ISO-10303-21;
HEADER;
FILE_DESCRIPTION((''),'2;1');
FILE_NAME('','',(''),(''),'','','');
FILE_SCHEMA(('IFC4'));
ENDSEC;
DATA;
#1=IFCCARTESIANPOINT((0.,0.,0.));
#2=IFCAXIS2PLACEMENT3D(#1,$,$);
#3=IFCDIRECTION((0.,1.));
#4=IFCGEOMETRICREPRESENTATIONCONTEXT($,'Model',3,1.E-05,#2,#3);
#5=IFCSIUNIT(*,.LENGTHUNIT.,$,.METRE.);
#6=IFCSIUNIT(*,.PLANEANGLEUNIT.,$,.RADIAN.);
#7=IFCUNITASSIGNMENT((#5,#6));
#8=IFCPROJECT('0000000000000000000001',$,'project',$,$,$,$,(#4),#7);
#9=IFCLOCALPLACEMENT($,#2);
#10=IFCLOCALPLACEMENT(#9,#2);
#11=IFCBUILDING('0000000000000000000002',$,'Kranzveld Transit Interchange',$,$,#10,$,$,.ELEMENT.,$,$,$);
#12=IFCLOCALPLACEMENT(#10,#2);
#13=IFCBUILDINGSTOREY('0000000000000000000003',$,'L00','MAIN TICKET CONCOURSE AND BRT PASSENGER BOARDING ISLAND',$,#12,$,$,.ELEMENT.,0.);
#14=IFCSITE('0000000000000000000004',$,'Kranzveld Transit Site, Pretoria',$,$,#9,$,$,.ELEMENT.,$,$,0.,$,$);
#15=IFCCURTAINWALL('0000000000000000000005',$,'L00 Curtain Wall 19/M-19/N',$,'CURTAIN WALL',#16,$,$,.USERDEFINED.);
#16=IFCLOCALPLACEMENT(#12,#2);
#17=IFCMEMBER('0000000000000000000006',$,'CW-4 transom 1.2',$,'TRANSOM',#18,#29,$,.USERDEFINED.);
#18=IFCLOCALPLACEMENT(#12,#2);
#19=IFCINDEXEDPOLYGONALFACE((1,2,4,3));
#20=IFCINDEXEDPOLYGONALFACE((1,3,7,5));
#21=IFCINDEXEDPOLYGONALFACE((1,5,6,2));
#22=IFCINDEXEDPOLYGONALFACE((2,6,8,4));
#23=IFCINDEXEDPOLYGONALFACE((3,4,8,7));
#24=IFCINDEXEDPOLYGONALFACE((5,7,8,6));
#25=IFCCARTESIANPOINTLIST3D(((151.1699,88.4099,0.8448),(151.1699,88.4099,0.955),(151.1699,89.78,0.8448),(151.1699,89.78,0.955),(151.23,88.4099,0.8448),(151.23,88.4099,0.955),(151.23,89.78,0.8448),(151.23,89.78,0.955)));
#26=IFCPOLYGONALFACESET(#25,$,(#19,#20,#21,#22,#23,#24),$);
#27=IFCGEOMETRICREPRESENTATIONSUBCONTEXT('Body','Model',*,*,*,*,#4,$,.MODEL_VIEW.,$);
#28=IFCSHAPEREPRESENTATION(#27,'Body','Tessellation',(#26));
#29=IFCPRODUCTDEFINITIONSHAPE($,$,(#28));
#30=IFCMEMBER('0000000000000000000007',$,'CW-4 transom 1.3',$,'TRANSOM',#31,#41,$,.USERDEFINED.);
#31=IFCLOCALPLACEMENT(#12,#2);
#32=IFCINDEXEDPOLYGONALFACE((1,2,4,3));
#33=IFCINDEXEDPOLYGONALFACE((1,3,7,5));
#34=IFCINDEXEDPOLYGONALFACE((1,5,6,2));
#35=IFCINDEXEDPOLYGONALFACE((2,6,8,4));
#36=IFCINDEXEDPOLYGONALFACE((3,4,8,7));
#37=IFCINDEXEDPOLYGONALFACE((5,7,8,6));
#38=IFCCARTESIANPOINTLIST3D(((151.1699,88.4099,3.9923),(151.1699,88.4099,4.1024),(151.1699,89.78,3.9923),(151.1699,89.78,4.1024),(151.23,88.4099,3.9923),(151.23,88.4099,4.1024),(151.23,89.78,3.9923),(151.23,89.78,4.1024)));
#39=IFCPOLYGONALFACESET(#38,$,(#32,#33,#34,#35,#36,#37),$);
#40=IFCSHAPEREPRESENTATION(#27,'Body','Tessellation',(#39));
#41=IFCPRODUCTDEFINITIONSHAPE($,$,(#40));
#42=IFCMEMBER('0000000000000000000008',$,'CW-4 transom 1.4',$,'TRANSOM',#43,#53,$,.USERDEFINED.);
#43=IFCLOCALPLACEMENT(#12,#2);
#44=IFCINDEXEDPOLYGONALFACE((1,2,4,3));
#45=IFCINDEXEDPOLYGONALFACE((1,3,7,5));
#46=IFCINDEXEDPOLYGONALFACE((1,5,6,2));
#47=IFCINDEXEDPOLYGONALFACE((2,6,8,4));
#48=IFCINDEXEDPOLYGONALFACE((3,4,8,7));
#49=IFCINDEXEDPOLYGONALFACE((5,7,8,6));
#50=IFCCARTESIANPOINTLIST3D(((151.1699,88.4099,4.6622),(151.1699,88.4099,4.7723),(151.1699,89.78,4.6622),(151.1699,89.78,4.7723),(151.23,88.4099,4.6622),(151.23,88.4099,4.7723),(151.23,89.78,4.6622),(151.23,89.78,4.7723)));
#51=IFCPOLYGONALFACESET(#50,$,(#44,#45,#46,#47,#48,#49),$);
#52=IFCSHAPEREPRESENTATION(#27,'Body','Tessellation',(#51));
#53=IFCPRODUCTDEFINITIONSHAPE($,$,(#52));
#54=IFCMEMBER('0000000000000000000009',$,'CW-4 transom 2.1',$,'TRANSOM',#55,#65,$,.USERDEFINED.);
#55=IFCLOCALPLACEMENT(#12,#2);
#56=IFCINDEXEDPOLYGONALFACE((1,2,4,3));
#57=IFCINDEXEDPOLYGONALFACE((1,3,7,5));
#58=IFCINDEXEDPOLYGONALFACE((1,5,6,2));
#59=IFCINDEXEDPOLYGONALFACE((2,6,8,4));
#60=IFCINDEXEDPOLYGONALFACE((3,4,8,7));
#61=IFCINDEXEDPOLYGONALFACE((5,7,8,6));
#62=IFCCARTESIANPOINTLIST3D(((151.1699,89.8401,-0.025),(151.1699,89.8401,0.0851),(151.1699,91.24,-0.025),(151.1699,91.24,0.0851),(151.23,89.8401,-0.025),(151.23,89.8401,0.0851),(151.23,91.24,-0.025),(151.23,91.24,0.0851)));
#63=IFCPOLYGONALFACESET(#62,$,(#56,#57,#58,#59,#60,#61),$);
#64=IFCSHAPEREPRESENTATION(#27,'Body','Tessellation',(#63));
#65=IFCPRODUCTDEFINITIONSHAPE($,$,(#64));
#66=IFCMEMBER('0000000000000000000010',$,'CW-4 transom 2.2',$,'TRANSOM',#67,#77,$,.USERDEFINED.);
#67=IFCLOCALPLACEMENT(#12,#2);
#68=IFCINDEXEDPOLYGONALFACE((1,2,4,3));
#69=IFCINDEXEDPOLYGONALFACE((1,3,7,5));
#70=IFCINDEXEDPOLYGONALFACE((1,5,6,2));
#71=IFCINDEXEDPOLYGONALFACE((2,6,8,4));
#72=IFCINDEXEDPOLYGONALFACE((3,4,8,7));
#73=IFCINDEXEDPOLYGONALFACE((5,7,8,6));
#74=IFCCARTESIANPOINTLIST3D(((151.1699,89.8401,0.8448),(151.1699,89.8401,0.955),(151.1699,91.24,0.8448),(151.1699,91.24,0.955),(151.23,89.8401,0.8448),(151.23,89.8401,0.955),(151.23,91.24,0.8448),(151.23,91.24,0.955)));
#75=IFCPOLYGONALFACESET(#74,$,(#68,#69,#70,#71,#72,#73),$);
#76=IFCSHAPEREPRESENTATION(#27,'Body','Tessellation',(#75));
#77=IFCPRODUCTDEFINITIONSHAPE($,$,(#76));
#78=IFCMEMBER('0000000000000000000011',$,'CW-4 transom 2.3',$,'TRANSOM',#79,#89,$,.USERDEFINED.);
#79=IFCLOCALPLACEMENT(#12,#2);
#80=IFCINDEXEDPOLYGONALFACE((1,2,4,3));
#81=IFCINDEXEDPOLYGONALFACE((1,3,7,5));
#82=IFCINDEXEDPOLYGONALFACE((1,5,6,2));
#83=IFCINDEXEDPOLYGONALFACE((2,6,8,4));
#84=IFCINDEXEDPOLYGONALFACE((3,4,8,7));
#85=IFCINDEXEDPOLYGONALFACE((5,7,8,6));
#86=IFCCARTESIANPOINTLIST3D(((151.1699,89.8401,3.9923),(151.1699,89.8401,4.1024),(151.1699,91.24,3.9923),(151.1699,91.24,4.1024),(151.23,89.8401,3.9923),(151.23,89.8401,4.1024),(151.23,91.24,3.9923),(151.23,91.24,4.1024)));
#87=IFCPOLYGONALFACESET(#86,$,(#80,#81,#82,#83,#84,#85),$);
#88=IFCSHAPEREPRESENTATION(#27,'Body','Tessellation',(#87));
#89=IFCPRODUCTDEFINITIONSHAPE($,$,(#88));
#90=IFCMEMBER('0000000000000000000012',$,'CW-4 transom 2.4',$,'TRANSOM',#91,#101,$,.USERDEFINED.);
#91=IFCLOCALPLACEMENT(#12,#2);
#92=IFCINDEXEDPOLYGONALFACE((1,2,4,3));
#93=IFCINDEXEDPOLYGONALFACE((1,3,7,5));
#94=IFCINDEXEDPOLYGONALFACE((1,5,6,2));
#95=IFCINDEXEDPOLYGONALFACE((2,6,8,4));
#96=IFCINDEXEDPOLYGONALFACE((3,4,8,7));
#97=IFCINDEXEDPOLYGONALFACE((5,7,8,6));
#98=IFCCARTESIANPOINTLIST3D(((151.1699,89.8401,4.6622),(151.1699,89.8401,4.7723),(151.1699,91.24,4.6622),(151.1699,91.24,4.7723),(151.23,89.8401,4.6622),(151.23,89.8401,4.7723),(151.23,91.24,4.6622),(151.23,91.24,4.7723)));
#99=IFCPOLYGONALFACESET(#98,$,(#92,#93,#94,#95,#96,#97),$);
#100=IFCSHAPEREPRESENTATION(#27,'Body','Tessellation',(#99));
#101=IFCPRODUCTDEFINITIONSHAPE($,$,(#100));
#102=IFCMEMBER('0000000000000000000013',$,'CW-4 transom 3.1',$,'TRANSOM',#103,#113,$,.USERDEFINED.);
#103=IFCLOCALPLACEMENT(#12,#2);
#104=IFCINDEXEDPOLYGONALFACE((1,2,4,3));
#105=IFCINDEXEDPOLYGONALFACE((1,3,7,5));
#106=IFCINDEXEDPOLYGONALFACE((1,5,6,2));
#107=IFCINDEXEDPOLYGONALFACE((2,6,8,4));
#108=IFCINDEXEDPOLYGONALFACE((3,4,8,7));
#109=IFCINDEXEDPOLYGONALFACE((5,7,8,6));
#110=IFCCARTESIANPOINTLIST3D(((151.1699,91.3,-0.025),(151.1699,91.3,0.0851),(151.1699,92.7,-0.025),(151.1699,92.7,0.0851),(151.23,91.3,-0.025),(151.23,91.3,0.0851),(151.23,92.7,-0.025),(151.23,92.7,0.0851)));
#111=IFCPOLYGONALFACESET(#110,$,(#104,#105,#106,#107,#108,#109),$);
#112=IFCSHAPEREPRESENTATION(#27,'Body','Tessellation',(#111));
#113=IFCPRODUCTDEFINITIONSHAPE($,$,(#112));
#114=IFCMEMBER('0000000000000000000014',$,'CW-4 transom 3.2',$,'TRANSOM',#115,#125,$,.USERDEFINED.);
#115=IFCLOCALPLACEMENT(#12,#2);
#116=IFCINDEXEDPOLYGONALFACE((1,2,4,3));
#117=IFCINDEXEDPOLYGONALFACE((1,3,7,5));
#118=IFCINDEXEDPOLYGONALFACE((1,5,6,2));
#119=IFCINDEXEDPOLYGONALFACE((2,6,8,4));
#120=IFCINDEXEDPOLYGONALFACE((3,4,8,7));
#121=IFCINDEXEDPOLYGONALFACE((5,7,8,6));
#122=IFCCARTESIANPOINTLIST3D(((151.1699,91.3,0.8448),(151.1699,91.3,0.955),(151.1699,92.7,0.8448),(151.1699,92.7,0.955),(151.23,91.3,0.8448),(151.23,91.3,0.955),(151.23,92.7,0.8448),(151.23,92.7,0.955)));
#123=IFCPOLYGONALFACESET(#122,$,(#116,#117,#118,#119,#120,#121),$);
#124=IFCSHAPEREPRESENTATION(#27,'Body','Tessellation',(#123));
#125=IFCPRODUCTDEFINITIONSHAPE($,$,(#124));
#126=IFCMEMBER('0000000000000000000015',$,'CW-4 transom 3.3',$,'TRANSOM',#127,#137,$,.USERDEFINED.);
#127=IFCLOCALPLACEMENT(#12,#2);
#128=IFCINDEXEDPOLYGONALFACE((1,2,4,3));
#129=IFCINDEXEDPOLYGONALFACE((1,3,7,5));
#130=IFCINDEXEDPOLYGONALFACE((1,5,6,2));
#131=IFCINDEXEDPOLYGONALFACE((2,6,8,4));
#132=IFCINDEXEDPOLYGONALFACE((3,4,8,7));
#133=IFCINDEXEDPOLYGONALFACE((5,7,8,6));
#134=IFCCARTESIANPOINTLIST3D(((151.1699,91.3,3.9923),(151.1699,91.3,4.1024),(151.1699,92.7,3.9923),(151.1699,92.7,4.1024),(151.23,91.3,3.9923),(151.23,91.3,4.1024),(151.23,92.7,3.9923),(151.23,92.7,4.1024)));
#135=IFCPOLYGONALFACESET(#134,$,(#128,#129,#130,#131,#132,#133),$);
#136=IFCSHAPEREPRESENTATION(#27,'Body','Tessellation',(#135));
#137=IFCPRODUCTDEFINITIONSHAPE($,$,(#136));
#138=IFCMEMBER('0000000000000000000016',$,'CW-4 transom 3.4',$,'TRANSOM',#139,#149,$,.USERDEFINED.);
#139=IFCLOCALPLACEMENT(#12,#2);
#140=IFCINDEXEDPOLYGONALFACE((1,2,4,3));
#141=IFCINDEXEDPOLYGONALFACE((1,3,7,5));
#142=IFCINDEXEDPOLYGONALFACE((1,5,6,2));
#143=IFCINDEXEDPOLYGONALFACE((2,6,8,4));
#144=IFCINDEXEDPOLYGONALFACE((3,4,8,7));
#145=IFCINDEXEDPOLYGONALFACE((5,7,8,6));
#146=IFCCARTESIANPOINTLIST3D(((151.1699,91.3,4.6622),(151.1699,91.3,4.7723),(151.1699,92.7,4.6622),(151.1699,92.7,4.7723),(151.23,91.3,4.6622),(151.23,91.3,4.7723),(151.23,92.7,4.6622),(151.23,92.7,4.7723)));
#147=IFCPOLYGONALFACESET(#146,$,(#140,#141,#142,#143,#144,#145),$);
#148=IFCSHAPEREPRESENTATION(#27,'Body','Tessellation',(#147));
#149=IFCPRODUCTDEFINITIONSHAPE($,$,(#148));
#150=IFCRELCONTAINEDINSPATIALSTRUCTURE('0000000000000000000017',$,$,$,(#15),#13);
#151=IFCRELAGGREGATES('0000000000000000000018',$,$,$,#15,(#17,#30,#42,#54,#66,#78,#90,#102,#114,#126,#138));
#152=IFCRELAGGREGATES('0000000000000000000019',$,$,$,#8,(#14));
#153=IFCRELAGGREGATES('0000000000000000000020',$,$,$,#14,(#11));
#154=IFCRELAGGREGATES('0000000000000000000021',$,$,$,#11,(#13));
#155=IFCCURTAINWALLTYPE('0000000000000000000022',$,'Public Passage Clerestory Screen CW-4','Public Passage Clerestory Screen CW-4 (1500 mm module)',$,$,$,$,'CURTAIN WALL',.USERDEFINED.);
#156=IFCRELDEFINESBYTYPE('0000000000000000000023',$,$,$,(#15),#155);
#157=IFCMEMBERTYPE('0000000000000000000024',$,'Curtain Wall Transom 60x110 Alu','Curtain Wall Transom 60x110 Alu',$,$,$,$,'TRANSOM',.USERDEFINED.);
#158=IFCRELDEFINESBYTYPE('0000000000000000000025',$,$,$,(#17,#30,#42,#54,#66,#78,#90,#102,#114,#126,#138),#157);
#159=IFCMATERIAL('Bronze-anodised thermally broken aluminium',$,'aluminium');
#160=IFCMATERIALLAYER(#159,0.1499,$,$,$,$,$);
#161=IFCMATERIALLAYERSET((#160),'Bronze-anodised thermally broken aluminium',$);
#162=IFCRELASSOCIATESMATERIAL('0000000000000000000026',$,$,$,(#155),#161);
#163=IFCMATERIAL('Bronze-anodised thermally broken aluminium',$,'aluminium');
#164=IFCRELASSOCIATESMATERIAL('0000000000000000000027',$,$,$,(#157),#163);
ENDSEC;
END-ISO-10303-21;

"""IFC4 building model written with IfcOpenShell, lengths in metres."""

from ifc_helpers import new_model, si_unit, direction, frame, origin, origin_2d, place, context, subcontext, project, spatial, rectangle, extrude, material, layer, layer_set, material_profile, profile_set, type_object, element, aggregate, save


model = new_model("IFC4")

# Units and contexts
model_context = context("Model", 3, precision=1e-05, world=origin(), true_north=direction((0.0, 1.0)))
body_context = subcontext(model_context, "Body", "Model", "MODEL_VIEW")
ifc_project = project(units=[si_unit("LENGTHUNIT", "METRE"), si_unit("PLANEANGLEUNIT", "RADIAN")], contexts=[model_context])

# Site, building, storey
site_placement = place(None, origin())
site = spatial("IfcSite", under=ifc_project, at=site_placement, Name="Kranzveld Transit Site, Pretoria", CompositionType="ELEMENT", RefElevation=0.0)
building_placement = place(site_placement, origin())
building = spatial("IfcBuilding", under=site, at=building_placement, Name="Kranzveld Transit Interchange", CompositionType="ELEMENT")
storey_placement = place(building_placement, origin())
storey = spatial("IfcBuildingStorey", under=building, at=storey_placement, Name="L00", Description="MAIN TICKET CONCOURSE AND BRT PASSENGER BOARDING ISLAND", CompositionType="ELEMENT", Elevation=0.0)

# Curtain wall, members
ifc_material_1 = material(Name="Bronze-anodised thermally broken aluminium", Category="aluminium")
ifc_layer_1 = layer(ifc_material_1, 0.1499)
ifc_layer_set_1 = layer_set([ifc_layer_1], Name="Bronze-anodised thermally broken aluminium")
curtain_wall_type_1 = type_object("IfcCurtainWallType", Name="Public Passage Clerestory Screen CW-4", Description="Public Passage Clerestory Screen CW-4 (1500 mm module)", ElementType="CURTAIN WALL", PredefinedType="USERDEFINED", material=ifc_layer_set_1)
curtain_wall_1_placement = place(storey_placement, origin())
curtain_wall_1 = element("IfcCurtainWall", 1, at=curtain_wall_1_placement, inside=storey, type_object=curtain_wall_type_1, Name="L00 Curtain Wall 19/M-19/N", ObjectType="CURTAIN WALL", PredefinedType="USERDEFINED")
ifc_material_2 = material(Name="Bronze-anodised thermally broken aluminium", Category="aluminium")
ifc_material_profile_1 = material_profile(ifc_material_2, rectangle(XDim=0.0601, YDim=0.1101, at=origin_2d()), Name="ALU TRANSOM 60x110")
ifc_profile_set_1 = profile_set([ifc_material_profile_1], Name="Bronze-anodised thermally broken aluminium")
member_type_1 = type_object("IfcMemberType", Name="Curtain Wall Transom 60x110 Alu", Description="Curtain Wall Transom 60x110 Alu", ElementType="TRANSOM", PredefinedType="USERDEFINED", material=ifc_profile_set_1)
member_1_placement = place(storey_placement, frame((151.2, 88.4099, 0.8999), z_axis=(0.0, 1.0, 0.0), x_axis=(-1.0, 0.0, 0.0)))
member_1 = element("IfcMember", 2, at=member_1_placement, type_object=member_type_1, Name="CW-4 transom 1.2", ObjectType="TRANSOM", PredefinedType="USERDEFINED", context=body_context, shape_type="SweptSolid", body=[
    extrude(rectangle(XDim=0.0601, YDim=0.1101, at=origin_2d()), origin(), (0.0, 0.0, 1.0), 1.3701),
])
member_2_placement = place(storey_placement, frame((151.2, 88.4099, 4.0474), z_axis=(0.0, 1.0, 0.0), x_axis=(-1.0, 0.0, 0.0)))
member_2 = element("IfcMember", 3, at=member_2_placement, type_object=member_type_1, Name="CW-4 transom 1.3", ObjectType="TRANSOM", PredefinedType="USERDEFINED", context=body_context, shape_type="SweptSolid", body=[
    extrude(rectangle(XDim=0.0601, YDim=0.1101, at=origin_2d()), origin(), (0.0, 0.0, 1.0), 1.3701),
])
member_3_placement = place(storey_placement, frame((151.2, 88.4099, 4.7173), z_axis=(0.0, 1.0, 0.0), x_axis=(-1.0, 0.0, 0.0)))
member_3 = element("IfcMember", 4, at=member_3_placement, type_object=member_type_1, Name="CW-4 transom 1.4", ObjectType="TRANSOM", PredefinedType="USERDEFINED", context=body_context, shape_type="SweptSolid", body=[
    extrude(rectangle(XDim=0.0601, YDim=0.1101, at=origin_2d()), origin(), (0.0, 0.0, 1.0), 1.3701),
])
member_4_placement = place(storey_placement, frame((151.2, 89.8401, 0.03), z_axis=(0.0, 1.0, 0.0), x_axis=(-1.0, 0.0, 0.0)))
member_4 = element("IfcMember", 5, at=member_4_placement, type_object=member_type_1, Name="CW-4 transom 2.1", ObjectType="TRANSOM", PredefinedType="USERDEFINED", context=body_context, shape_type="SweptSolid", body=[
    extrude(rectangle(XDim=0.0601, YDim=0.1101, at=origin_2d()), origin(), (0.0, 0.0, 1.0), 1.3999),
])
member_5_placement = place(storey_placement, frame((151.2, 89.8401, 0.8999), z_axis=(0.0, 1.0, 0.0), x_axis=(-1.0, 0.0, 0.0)))
member_5 = element("IfcMember", 6, at=member_5_placement, type_object=member_type_1, Name="CW-4 transom 2.2", ObjectType="TRANSOM", PredefinedType="USERDEFINED", context=body_context, shape_type="SweptSolid", body=[
    extrude(rectangle(XDim=0.0601, YDim=0.1101, at=origin_2d()), origin(), (0.0, 0.0, 1.0), 1.3999),
])
member_6_placement = place(storey_placement, frame((151.2, 89.8401, 4.0474), z_axis=(0.0, 1.0, 0.0), x_axis=(-1.0, 0.0, 0.0)))
member_6 = element("IfcMember", 7, at=member_6_placement, type_object=member_type_1, Name="CW-4 transom 2.3", ObjectType="TRANSOM", PredefinedType="USERDEFINED", context=body_context, shape_type="SweptSolid", body=[
    extrude(rectangle(XDim=0.0601, YDim=0.1101, at=origin_2d()), origin(), (0.0, 0.0, 1.0), 1.3999),
])
member_7_placement = place(storey_placement, frame((151.2, 89.8401, 4.7173), z_axis=(0.0, 1.0, 0.0), x_axis=(-1.0, 0.0, 0.0)))
member_7 = element("IfcMember", 8, at=member_7_placement, type_object=member_type_1, Name="CW-4 transom 2.4", ObjectType="TRANSOM", PredefinedType="USERDEFINED", context=body_context, shape_type="SweptSolid", body=[
    extrude(rectangle(XDim=0.0601, YDim=0.1101, at=origin_2d()), origin(), (0.0, 0.0, 1.0), 1.3999),
])
member_8_placement = place(storey_placement, frame((151.2, 91.3, 0.03), z_axis=(0.0, 1.0, 0.0), x_axis=(-1.0, 0.0, 0.0)))
member_8 = element("IfcMember", 9, at=member_8_placement, type_object=member_type_1, Name="CW-4 transom 3.1", ObjectType="TRANSOM", PredefinedType="USERDEFINED", context=body_context, shape_type="SweptSolid", body=[
    extrude(rectangle(XDim=0.0601, YDim=0.1101, at=origin_2d()), origin(), (0.0, 0.0, 1.0), 1.3999),
])
member_9_placement = place(storey_placement, frame((151.2, 91.3, 0.8999), z_axis=(0.0, 1.0, 0.0), x_axis=(-1.0, 0.0, 0.0)))
member_9 = element("IfcMember", 10, at=member_9_placement, type_object=member_type_1, Name="CW-4 transom 3.2", ObjectType="TRANSOM", PredefinedType="USERDEFINED", context=body_context, shape_type="SweptSolid", body=[
    extrude(rectangle(XDim=0.0601, YDim=0.1101, at=origin_2d()), origin(), (0.0, 0.0, 1.0), 1.3999),
])
member_10_placement = place(storey_placement, frame((151.2, 91.3, 4.0474), z_axis=(0.0, 1.0, 0.0), x_axis=(-1.0, 0.0, 0.0)))
member_10 = element("IfcMember", 11, at=member_10_placement, type_object=member_type_1, Name="CW-4 transom 3.3", ObjectType="TRANSOM", PredefinedType="USERDEFINED", context=body_context, shape_type="SweptSolid", body=[
    extrude(rectangle(XDim=0.0601, YDim=0.1101, at=origin_2d()), origin(), (0.0, 0.0, 1.0), 1.3999),
])
member_11_placement = place(storey_placement, frame((151.2, 91.3, 4.7173), z_axis=(0.0, 1.0, 0.0), x_axis=(-1.0, 0.0, 0.0)))
member_11 = element("IfcMember", 12, at=member_11_placement, type_object=member_type_1, Name="CW-4 transom 3.4", ObjectType="TRANSOM", PredefinedType="USERDEFINED", context=body_context, shape_type="SweptSolid", body=[
    extrude(rectangle(XDim=0.0601, YDim=0.1101, at=origin_2d()), origin(), (0.0, 0.0, 1.0), 1.3999),
])

aggregate(curtain_wall_1, [member_1, member_2, member_3, member_4, member_5, member_6, member_7, member_8, member_9, member_10, member_11])

save(model, "model.ifc")
